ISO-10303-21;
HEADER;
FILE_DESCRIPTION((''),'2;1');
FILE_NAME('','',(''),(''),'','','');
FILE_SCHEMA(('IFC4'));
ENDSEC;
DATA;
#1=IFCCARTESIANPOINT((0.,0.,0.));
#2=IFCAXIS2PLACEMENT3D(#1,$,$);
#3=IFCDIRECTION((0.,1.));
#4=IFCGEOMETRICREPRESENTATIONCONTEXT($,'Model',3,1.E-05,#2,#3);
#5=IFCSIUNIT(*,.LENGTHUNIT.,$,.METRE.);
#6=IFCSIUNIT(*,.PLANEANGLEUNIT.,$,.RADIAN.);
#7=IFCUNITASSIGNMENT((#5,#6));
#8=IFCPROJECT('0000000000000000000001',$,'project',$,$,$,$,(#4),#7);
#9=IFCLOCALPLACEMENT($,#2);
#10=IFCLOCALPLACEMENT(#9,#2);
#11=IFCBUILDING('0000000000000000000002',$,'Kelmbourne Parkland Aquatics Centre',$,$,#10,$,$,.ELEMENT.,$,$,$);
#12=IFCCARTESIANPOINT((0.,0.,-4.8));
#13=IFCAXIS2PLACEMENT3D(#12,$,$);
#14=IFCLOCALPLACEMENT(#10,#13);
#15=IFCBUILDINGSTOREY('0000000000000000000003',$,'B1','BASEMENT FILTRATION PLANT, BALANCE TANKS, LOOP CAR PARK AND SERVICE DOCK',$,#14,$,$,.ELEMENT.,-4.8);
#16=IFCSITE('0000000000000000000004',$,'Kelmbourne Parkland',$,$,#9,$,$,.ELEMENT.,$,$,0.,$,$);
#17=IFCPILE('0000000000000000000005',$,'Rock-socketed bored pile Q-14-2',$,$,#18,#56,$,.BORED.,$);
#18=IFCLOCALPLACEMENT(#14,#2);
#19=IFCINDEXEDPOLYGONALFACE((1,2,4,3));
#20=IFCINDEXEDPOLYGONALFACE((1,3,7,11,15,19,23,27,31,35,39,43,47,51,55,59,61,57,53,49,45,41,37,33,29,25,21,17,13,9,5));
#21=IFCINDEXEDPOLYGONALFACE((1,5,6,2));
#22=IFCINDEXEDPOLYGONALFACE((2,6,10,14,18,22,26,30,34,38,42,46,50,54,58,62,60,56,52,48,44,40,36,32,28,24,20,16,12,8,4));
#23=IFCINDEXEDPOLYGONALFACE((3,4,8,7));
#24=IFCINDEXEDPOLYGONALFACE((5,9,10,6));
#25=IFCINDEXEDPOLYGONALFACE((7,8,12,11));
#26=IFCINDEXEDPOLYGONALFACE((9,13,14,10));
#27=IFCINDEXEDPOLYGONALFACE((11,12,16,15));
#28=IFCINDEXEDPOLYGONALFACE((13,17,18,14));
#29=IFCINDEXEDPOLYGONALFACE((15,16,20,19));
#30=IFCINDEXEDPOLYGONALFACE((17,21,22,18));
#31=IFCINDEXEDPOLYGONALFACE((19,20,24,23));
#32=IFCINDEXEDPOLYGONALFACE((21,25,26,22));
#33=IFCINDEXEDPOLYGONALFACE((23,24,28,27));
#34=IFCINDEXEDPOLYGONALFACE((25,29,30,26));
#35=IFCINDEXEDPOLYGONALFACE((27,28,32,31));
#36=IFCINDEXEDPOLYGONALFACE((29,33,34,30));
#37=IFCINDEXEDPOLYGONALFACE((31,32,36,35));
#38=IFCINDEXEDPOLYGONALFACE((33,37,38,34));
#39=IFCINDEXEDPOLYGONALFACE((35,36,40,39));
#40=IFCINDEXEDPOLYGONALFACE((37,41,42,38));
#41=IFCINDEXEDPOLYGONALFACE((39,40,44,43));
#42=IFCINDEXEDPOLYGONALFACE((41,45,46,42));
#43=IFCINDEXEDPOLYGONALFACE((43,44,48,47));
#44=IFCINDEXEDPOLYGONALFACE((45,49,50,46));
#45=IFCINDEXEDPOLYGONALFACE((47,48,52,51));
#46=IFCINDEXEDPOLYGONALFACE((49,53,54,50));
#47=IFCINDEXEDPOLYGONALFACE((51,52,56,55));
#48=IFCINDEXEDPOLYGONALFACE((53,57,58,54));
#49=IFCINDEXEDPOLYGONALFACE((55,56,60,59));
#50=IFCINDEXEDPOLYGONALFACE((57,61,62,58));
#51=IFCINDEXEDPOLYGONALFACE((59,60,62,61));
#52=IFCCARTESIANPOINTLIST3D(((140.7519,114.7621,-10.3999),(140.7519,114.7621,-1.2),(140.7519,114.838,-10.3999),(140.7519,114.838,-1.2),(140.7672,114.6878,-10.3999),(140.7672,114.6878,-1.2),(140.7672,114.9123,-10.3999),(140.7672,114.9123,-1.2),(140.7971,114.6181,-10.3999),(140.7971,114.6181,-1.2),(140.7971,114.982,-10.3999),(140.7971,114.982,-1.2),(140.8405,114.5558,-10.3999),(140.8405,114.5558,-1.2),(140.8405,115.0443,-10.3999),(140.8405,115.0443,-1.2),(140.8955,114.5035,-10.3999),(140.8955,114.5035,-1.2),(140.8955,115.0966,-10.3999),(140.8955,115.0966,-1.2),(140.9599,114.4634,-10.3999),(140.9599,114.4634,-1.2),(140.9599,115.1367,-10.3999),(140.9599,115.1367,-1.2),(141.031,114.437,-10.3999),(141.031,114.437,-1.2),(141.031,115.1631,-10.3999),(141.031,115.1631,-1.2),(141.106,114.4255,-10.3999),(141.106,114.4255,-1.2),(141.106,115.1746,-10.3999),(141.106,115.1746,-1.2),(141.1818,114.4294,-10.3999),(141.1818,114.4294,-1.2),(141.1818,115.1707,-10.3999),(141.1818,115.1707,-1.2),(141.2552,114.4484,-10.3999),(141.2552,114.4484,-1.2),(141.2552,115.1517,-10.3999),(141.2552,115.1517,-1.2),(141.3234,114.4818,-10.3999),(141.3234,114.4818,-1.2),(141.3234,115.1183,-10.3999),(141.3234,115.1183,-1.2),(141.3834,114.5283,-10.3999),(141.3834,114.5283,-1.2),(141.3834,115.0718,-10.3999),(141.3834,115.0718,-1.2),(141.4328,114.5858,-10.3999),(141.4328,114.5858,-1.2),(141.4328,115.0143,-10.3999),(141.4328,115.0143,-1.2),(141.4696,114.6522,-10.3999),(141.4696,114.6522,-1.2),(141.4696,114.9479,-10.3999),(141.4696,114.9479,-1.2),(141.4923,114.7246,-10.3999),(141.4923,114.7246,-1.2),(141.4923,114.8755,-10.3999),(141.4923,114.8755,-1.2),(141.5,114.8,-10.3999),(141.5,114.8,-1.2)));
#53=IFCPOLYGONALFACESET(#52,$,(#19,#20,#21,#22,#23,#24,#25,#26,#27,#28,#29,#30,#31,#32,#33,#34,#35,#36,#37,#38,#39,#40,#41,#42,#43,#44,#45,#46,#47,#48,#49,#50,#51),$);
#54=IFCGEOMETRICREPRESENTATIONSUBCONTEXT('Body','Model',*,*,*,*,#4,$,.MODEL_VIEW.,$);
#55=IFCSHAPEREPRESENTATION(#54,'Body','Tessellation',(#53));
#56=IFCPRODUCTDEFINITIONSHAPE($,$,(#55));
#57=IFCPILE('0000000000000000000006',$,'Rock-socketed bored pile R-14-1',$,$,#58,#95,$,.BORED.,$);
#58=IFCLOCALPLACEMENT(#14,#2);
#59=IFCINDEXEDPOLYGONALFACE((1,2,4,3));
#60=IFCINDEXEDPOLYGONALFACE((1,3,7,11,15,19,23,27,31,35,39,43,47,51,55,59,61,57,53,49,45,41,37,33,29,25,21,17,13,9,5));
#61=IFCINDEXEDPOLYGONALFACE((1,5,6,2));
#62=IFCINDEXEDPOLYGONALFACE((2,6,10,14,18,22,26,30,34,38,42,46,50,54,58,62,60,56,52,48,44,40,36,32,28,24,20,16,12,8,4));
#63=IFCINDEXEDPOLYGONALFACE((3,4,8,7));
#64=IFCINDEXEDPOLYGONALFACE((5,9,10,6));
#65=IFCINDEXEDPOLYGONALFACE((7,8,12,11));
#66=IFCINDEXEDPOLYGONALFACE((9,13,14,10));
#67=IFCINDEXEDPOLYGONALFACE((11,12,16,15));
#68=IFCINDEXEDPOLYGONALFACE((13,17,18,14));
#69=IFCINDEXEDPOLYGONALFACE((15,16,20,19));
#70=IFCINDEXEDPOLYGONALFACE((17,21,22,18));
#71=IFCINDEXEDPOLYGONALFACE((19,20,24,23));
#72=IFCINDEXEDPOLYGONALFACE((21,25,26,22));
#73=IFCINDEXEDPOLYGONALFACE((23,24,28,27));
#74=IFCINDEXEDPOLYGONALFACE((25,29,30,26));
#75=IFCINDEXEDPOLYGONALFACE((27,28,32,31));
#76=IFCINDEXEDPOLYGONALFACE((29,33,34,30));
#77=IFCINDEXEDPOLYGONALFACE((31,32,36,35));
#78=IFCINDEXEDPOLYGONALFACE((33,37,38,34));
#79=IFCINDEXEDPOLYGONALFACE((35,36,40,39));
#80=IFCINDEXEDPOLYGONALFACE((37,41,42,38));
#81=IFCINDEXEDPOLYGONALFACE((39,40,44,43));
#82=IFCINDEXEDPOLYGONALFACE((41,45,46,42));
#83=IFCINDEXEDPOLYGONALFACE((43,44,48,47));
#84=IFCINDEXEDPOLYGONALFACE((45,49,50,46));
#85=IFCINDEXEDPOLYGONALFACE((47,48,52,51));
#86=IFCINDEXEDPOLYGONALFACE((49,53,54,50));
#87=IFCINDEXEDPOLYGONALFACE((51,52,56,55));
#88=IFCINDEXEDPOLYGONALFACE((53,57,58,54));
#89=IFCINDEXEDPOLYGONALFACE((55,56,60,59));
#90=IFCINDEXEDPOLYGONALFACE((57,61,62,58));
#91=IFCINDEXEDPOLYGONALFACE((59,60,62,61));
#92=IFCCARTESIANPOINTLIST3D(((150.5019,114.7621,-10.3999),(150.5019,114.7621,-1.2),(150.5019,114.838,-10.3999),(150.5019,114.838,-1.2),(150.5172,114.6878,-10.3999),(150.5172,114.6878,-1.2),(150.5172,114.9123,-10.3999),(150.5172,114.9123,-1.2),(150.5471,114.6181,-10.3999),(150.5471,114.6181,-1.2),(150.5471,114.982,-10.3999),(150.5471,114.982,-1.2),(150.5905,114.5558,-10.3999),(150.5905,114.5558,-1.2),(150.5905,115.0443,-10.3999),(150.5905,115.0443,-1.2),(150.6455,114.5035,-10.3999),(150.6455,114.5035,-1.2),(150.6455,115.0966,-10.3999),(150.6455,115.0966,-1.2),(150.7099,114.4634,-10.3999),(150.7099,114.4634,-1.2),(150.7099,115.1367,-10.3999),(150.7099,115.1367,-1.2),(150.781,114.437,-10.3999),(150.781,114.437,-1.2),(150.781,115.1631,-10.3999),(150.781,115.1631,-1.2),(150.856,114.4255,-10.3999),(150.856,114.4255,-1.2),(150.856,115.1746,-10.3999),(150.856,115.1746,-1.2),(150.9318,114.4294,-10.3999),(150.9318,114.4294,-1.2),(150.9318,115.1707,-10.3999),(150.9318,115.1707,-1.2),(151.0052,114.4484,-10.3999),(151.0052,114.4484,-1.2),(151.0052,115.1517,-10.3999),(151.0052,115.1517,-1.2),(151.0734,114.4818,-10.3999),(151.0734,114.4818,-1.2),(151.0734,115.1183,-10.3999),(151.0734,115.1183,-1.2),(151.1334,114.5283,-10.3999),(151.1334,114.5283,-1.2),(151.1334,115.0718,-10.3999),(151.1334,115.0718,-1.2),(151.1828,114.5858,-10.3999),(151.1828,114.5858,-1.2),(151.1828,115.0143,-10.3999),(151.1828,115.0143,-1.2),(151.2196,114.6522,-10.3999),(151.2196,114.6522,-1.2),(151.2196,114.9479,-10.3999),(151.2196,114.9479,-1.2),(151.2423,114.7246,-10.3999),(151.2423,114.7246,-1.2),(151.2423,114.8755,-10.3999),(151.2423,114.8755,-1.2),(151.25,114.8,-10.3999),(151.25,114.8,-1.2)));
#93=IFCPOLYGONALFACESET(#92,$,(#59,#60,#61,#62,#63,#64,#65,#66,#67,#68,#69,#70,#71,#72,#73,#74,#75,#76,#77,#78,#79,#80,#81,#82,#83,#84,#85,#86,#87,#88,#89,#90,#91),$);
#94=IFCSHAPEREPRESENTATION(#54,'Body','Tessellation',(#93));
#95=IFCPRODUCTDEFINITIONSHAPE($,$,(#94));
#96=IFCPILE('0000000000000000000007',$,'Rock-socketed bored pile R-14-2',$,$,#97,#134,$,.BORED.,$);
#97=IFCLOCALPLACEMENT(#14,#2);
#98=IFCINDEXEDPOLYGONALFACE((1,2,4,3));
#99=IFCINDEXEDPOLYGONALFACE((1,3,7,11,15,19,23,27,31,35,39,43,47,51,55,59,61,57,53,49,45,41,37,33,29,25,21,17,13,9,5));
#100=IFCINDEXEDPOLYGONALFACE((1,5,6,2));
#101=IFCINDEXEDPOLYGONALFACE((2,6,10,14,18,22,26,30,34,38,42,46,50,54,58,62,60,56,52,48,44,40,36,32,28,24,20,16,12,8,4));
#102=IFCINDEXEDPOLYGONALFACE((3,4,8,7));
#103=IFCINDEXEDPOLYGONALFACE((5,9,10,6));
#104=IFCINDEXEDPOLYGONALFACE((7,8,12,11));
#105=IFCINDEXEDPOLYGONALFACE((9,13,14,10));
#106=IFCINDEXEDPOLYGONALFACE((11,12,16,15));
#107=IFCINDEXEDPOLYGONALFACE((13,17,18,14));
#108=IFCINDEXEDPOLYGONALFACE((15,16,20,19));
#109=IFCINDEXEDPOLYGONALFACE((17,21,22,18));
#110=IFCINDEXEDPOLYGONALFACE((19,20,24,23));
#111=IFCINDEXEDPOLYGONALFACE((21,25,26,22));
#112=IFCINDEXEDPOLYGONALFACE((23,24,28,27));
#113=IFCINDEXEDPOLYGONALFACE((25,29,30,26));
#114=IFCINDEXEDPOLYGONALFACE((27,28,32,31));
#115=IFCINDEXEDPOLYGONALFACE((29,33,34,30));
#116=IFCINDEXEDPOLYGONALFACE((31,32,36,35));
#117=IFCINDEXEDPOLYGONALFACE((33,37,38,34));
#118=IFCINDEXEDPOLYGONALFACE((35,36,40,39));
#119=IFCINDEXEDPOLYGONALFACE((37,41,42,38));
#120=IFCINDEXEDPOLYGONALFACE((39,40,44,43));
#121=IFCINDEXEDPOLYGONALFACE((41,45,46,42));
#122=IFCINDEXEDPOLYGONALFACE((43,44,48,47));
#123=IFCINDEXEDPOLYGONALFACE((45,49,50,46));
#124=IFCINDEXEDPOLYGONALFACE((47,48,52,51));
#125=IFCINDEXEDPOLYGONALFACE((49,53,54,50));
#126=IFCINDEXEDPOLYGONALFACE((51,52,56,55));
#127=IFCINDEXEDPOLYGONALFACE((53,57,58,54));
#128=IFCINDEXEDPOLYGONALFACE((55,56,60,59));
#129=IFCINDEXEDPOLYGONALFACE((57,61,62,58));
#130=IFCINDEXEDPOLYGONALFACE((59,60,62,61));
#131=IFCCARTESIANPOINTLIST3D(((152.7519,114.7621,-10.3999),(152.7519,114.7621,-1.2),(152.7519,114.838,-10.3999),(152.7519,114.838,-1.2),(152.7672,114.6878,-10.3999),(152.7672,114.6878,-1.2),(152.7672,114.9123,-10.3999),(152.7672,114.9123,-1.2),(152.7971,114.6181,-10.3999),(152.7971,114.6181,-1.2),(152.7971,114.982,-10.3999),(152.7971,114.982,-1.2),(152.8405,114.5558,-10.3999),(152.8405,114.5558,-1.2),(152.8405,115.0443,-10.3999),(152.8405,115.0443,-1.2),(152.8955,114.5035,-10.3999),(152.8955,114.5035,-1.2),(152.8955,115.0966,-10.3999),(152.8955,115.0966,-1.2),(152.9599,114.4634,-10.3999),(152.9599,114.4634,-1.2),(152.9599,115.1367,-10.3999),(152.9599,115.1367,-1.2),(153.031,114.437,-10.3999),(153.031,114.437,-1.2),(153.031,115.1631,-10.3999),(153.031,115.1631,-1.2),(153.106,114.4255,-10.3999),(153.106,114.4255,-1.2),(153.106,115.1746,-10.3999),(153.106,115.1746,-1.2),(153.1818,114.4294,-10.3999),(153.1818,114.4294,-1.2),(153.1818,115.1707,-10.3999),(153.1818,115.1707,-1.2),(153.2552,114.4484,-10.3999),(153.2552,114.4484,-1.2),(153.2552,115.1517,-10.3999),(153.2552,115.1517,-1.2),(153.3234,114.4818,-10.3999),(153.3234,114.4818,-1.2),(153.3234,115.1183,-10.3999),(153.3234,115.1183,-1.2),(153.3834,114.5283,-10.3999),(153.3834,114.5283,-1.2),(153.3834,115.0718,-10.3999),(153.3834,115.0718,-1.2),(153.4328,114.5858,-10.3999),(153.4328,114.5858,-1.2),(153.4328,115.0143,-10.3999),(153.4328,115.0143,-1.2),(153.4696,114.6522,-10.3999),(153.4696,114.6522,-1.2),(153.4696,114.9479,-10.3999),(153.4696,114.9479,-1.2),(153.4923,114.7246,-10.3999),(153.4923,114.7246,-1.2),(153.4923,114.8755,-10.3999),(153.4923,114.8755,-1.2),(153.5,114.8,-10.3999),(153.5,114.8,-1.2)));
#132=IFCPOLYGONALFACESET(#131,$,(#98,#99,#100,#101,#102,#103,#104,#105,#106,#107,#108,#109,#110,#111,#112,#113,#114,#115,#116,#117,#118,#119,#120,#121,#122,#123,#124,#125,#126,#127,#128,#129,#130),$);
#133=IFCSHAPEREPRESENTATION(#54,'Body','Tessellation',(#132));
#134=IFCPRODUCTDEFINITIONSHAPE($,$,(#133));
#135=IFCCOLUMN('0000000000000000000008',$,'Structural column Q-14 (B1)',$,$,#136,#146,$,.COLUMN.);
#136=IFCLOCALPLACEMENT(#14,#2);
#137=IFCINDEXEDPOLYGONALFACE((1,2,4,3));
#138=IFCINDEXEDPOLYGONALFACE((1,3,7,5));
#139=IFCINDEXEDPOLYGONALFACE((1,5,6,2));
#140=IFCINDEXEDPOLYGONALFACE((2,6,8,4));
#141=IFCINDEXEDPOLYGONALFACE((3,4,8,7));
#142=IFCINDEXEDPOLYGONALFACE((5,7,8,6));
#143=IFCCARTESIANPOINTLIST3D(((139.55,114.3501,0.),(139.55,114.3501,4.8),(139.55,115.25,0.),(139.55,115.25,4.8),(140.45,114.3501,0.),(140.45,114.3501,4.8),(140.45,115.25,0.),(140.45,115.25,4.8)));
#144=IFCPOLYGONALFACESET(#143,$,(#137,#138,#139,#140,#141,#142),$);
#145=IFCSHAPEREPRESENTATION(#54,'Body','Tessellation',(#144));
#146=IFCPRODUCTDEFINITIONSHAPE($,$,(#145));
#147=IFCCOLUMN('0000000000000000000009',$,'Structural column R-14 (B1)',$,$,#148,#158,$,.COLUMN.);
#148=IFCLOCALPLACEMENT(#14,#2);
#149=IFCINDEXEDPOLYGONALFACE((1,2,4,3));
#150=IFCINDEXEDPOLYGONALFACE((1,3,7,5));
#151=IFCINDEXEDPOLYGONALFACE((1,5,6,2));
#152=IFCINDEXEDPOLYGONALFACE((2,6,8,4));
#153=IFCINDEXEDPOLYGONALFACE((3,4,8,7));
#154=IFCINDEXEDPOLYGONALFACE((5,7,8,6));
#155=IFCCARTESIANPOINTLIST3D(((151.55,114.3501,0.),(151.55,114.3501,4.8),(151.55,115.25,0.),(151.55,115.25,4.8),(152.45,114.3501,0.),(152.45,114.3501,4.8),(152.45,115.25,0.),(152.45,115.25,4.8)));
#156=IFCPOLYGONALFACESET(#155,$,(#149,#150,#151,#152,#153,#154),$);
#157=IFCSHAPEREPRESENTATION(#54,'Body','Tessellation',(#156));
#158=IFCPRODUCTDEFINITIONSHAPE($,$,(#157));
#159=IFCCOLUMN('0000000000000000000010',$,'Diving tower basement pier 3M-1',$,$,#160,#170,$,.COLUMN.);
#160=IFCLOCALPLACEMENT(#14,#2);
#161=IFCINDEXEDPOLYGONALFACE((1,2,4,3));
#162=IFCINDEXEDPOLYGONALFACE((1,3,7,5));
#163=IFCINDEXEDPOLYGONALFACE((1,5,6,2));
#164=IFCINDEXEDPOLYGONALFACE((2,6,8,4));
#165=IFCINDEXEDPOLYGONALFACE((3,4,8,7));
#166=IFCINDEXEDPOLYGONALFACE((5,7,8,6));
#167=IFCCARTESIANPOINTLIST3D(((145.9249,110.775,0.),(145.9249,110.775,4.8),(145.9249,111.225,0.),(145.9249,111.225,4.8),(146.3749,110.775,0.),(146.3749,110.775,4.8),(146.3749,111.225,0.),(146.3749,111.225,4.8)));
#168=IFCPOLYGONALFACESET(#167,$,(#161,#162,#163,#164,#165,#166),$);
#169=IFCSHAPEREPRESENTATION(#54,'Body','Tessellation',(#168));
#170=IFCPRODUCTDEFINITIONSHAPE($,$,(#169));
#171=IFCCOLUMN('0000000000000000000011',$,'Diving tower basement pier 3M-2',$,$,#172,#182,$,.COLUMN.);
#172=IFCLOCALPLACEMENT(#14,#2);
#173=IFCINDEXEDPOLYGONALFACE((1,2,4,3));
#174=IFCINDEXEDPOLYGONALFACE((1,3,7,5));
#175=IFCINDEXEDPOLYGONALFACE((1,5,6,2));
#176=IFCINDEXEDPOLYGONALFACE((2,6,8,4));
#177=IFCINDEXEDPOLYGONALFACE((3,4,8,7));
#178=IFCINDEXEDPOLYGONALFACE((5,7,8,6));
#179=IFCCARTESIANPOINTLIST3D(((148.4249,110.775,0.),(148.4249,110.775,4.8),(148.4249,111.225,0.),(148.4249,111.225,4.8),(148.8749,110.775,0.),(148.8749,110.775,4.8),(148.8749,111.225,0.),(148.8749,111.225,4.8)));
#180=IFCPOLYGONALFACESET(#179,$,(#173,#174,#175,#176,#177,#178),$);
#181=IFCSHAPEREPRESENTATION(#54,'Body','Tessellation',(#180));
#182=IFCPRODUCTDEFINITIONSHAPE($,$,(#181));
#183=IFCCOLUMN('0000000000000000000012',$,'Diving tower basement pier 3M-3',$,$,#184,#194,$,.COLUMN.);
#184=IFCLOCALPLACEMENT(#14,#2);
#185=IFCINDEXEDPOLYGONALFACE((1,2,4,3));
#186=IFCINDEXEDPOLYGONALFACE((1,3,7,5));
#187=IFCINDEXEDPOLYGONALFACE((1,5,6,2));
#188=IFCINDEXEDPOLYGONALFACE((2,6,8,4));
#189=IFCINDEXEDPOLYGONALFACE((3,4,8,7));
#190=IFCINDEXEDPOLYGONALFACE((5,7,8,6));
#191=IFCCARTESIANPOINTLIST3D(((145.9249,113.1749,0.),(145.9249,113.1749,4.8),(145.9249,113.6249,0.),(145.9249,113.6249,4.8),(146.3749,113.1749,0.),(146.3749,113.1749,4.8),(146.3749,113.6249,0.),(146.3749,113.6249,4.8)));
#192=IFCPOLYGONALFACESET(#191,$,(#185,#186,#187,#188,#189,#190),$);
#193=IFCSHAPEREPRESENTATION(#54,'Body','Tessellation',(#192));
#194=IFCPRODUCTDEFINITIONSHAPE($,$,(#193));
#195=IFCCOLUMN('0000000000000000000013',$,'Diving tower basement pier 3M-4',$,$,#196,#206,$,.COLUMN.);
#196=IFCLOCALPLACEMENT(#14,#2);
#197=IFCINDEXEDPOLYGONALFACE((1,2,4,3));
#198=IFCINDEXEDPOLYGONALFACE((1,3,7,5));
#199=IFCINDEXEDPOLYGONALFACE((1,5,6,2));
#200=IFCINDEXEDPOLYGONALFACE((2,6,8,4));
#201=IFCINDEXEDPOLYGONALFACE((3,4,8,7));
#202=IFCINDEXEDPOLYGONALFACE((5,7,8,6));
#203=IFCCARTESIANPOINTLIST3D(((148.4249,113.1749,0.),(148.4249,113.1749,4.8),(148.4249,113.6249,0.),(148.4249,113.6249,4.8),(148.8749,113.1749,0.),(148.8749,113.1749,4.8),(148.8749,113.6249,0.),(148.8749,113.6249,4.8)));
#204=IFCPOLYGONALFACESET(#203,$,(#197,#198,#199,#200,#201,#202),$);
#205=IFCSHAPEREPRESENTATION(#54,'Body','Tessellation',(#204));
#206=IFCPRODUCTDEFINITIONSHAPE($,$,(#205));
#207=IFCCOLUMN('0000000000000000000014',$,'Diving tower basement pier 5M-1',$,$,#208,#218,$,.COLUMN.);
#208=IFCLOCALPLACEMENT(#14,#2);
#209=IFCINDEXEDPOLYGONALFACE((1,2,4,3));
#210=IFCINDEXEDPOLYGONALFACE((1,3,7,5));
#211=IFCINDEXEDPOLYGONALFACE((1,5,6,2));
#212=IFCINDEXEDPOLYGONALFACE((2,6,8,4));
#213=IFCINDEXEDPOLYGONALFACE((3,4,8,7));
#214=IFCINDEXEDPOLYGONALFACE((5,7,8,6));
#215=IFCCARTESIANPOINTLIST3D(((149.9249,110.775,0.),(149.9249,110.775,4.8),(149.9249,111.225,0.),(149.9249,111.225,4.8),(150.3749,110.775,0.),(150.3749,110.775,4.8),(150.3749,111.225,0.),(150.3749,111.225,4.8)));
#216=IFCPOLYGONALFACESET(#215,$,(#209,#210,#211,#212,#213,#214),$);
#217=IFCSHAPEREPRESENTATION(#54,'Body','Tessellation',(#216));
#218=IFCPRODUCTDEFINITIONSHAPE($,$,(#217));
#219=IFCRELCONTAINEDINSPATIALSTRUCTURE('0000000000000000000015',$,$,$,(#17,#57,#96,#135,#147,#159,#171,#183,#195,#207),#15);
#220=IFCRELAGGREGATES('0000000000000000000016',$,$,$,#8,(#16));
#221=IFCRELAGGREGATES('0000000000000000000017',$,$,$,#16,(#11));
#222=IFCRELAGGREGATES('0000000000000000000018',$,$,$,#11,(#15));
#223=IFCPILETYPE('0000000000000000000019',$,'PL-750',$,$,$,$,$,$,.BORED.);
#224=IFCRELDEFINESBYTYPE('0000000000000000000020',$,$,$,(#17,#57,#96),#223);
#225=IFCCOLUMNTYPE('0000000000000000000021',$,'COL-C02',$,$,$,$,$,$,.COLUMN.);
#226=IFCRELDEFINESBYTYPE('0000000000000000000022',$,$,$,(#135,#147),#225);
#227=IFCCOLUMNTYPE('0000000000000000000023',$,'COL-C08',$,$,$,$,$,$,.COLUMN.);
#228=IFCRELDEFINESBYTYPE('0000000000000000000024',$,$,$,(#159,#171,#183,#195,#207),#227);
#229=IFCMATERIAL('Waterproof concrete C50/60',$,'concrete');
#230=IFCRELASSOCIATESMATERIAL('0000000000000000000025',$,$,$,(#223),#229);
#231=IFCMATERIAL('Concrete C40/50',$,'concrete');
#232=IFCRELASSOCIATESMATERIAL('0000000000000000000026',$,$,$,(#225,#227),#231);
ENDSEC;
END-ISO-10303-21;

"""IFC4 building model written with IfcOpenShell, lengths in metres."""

from ifc_helpers import new_model, si_unit, direction, frame, origin, origin_2d, place, context, subcontext, project, spatial, rectangle, circle, extrude, material, material_profile, profile_set, type_object, element, save


model = new_model("IFC4")

# Units and contexts
model_context = context("Model", 3, precision=1e-05, world=origin(), true_north=direction((0.0, 1.0)))
body_context = subcontext(model_context, "Body", "Model", "MODEL_VIEW")
ifc_project = project(units=[si_unit("LENGTHUNIT", "METRE"), si_unit("PLANEANGLEUNIT", "RADIAN")], contexts=[model_context])

# Site, building, storey
site_placement = place(None, origin())
site = spatial("IfcSite", under=ifc_project, at=site_placement, Name="Kelmbourne Parkland", CompositionType="ELEMENT", RefElevation=0.0)
building_placement = place(site_placement, origin())
building = spatial("IfcBuilding", under=site, at=building_placement, Name="Kelmbourne Parkland Aquatics Centre", CompositionType="ELEMENT")
storey_placement = place(building_placement, frame((0.0, 0.0, -4.8)))
storey = spatial("IfcBuildingStorey", under=building, at=storey_placement, Name="B1", Description="BASEMENT FILTRATION PLANT, BALANCE TANKS, LOOP CAR PARK AND SERVICE DOCK", CompositionType="ELEMENT", Elevation=-4.8)

# Shared definitions
ifc_material_1 = material(Name="Waterproof concrete C50/60", Category="concrete")

# Piles
ifc_material_profile_1 = material_profile(ifc_material_1, circle(Radius=0.375, at=origin_2d()), Name="PILE D750")
ifc_profile_set_1 = profile_set([ifc_material_profile_1], Name="Waterproof concrete C50/60")
pile_type = type_object("IfcPileType", Name="PL-750", PredefinedType="BORED", material=ifc_profile_set_1)
for number, where, z_axis, x_axis, name in (
    (1, (141.125, 114.8, -1.2), (0.0, 0.0, -1.0), (1.0, 0.0, 0.0), "Rock-socketed bored pile Q-14-2"),
    (2, (150.875, 114.8, -1.2), (0.0, 0.0, -1.0), (1.0, 0.0, 0.0), "Rock-socketed bored pile R-14-1"),
    (3, (153.125, 114.8, -1.2), (0.0, 0.0, -1.0), (1.0, 0.0, 0.0), "Rock-socketed bored pile R-14-2"),
):
    element("IfcPile", number, at=place(storey_placement, frame(where, z_axis=z_axis, x_axis=x_axis)), inside=storey, type_object=pile_type, Name=name, PredefinedType="BORED", context=body_context, shape_type="SweptSolid", body=[
        extrude(circle(Radius=0.375, at=origin_2d()), origin(), (0.0, 0.0, 1.0), 9.2),
    ])

# Columns
ifc_material_2 = material(Name="Concrete C40/50", Category="concrete")
ifc_material_profile_2 = material_profile(ifc_material_2, rectangle(XDim=0.8999, YDim=0.8999, at=origin_2d()), Name="RC 900x900")
ifc_profile_set_2 = profile_set([ifc_material_profile_2], Name="Concrete C40/50")
column_type_1 = type_object("IfcColumnType", Name="COL-C02", PredefinedType="COLUMN", material=ifc_profile_set_2)
for number, where, z_axis, x_axis, name in (
    (4, (140.0, 114.8, 0.0), (0.0, 0.0, 1.0), (1.0, 0.0, 0.0), "Structural column Q-14 (B1)"),
    (5, (152.0, 114.8, 0.0), (0.0, 0.0, 1.0), (1.0, 0.0, 0.0), "Structural column R-14 (B1)"),
):
    element("IfcColumn", number, at=place(storey_placement, frame(where, z_axis=z_axis, x_axis=x_axis)), inside=storey, type_object=column_type_1, Name=name, PredefinedType="COLUMN", context=body_context, shape_type="SweptSolid", body=[
        extrude(rectangle(XDim=0.8999, YDim=0.8999, at=origin_2d()), origin(), (0.0, 0.0, 1.0), 4.8),
    ])
ifc_material_profile_3 = material_profile(ifc_material_2, rectangle(XDim=0.45, YDim=0.45, at=origin_2d()), Name="RC 450x450")
ifc_profile_set_3 = profile_set([ifc_material_profile_3], Name="Concrete C40/50")
column_type_2 = type_object("IfcColumnType", Name="COL-C08", PredefinedType="COLUMN", material=ifc_profile_set_3)
for number, where, z_axis, x_axis, name in (
    (6, (146.1499, 111.0, 0.0), (0.0, 0.0, 1.0), (1.0, 0.0, 0.0), "Diving tower basement pier 3M-1"),
    (7, (148.6499, 111.0, 0.0), (0.0, 0.0, 1.0), (1.0, 0.0, 0.0), "Diving tower basement pier 3M-2"),
    (8, (146.1499, 113.3999, 0.0), (0.0, 0.0, 1.0), (1.0, 0.0, 0.0), "Diving tower basement pier 3M-3"),
    (9, (148.6499, 113.3999, 0.0), (0.0, 0.0, 1.0), (1.0, 0.0, 0.0), "Diving tower basement pier 3M-4"),
    (10, (150.1499, 111.0, 0.0), (0.0, 0.0, 1.0), (1.0, 0.0, 0.0), "Diving tower basement pier 5M-1"),
):
    element("IfcColumn", number, at=place(storey_placement, frame(where, z_axis=z_axis, x_axis=x_axis)), inside=storey, type_object=column_type_2, Name=name, PredefinedType="COLUMN", context=body_context, shape_type="SweptSolid", body=[
        extrude(rectangle(XDim=0.45, YDim=0.45, at=origin_2d()), origin(), (0.0, 0.0, 1.0), 4.8),
    ])

save(model, "model.ifc")
